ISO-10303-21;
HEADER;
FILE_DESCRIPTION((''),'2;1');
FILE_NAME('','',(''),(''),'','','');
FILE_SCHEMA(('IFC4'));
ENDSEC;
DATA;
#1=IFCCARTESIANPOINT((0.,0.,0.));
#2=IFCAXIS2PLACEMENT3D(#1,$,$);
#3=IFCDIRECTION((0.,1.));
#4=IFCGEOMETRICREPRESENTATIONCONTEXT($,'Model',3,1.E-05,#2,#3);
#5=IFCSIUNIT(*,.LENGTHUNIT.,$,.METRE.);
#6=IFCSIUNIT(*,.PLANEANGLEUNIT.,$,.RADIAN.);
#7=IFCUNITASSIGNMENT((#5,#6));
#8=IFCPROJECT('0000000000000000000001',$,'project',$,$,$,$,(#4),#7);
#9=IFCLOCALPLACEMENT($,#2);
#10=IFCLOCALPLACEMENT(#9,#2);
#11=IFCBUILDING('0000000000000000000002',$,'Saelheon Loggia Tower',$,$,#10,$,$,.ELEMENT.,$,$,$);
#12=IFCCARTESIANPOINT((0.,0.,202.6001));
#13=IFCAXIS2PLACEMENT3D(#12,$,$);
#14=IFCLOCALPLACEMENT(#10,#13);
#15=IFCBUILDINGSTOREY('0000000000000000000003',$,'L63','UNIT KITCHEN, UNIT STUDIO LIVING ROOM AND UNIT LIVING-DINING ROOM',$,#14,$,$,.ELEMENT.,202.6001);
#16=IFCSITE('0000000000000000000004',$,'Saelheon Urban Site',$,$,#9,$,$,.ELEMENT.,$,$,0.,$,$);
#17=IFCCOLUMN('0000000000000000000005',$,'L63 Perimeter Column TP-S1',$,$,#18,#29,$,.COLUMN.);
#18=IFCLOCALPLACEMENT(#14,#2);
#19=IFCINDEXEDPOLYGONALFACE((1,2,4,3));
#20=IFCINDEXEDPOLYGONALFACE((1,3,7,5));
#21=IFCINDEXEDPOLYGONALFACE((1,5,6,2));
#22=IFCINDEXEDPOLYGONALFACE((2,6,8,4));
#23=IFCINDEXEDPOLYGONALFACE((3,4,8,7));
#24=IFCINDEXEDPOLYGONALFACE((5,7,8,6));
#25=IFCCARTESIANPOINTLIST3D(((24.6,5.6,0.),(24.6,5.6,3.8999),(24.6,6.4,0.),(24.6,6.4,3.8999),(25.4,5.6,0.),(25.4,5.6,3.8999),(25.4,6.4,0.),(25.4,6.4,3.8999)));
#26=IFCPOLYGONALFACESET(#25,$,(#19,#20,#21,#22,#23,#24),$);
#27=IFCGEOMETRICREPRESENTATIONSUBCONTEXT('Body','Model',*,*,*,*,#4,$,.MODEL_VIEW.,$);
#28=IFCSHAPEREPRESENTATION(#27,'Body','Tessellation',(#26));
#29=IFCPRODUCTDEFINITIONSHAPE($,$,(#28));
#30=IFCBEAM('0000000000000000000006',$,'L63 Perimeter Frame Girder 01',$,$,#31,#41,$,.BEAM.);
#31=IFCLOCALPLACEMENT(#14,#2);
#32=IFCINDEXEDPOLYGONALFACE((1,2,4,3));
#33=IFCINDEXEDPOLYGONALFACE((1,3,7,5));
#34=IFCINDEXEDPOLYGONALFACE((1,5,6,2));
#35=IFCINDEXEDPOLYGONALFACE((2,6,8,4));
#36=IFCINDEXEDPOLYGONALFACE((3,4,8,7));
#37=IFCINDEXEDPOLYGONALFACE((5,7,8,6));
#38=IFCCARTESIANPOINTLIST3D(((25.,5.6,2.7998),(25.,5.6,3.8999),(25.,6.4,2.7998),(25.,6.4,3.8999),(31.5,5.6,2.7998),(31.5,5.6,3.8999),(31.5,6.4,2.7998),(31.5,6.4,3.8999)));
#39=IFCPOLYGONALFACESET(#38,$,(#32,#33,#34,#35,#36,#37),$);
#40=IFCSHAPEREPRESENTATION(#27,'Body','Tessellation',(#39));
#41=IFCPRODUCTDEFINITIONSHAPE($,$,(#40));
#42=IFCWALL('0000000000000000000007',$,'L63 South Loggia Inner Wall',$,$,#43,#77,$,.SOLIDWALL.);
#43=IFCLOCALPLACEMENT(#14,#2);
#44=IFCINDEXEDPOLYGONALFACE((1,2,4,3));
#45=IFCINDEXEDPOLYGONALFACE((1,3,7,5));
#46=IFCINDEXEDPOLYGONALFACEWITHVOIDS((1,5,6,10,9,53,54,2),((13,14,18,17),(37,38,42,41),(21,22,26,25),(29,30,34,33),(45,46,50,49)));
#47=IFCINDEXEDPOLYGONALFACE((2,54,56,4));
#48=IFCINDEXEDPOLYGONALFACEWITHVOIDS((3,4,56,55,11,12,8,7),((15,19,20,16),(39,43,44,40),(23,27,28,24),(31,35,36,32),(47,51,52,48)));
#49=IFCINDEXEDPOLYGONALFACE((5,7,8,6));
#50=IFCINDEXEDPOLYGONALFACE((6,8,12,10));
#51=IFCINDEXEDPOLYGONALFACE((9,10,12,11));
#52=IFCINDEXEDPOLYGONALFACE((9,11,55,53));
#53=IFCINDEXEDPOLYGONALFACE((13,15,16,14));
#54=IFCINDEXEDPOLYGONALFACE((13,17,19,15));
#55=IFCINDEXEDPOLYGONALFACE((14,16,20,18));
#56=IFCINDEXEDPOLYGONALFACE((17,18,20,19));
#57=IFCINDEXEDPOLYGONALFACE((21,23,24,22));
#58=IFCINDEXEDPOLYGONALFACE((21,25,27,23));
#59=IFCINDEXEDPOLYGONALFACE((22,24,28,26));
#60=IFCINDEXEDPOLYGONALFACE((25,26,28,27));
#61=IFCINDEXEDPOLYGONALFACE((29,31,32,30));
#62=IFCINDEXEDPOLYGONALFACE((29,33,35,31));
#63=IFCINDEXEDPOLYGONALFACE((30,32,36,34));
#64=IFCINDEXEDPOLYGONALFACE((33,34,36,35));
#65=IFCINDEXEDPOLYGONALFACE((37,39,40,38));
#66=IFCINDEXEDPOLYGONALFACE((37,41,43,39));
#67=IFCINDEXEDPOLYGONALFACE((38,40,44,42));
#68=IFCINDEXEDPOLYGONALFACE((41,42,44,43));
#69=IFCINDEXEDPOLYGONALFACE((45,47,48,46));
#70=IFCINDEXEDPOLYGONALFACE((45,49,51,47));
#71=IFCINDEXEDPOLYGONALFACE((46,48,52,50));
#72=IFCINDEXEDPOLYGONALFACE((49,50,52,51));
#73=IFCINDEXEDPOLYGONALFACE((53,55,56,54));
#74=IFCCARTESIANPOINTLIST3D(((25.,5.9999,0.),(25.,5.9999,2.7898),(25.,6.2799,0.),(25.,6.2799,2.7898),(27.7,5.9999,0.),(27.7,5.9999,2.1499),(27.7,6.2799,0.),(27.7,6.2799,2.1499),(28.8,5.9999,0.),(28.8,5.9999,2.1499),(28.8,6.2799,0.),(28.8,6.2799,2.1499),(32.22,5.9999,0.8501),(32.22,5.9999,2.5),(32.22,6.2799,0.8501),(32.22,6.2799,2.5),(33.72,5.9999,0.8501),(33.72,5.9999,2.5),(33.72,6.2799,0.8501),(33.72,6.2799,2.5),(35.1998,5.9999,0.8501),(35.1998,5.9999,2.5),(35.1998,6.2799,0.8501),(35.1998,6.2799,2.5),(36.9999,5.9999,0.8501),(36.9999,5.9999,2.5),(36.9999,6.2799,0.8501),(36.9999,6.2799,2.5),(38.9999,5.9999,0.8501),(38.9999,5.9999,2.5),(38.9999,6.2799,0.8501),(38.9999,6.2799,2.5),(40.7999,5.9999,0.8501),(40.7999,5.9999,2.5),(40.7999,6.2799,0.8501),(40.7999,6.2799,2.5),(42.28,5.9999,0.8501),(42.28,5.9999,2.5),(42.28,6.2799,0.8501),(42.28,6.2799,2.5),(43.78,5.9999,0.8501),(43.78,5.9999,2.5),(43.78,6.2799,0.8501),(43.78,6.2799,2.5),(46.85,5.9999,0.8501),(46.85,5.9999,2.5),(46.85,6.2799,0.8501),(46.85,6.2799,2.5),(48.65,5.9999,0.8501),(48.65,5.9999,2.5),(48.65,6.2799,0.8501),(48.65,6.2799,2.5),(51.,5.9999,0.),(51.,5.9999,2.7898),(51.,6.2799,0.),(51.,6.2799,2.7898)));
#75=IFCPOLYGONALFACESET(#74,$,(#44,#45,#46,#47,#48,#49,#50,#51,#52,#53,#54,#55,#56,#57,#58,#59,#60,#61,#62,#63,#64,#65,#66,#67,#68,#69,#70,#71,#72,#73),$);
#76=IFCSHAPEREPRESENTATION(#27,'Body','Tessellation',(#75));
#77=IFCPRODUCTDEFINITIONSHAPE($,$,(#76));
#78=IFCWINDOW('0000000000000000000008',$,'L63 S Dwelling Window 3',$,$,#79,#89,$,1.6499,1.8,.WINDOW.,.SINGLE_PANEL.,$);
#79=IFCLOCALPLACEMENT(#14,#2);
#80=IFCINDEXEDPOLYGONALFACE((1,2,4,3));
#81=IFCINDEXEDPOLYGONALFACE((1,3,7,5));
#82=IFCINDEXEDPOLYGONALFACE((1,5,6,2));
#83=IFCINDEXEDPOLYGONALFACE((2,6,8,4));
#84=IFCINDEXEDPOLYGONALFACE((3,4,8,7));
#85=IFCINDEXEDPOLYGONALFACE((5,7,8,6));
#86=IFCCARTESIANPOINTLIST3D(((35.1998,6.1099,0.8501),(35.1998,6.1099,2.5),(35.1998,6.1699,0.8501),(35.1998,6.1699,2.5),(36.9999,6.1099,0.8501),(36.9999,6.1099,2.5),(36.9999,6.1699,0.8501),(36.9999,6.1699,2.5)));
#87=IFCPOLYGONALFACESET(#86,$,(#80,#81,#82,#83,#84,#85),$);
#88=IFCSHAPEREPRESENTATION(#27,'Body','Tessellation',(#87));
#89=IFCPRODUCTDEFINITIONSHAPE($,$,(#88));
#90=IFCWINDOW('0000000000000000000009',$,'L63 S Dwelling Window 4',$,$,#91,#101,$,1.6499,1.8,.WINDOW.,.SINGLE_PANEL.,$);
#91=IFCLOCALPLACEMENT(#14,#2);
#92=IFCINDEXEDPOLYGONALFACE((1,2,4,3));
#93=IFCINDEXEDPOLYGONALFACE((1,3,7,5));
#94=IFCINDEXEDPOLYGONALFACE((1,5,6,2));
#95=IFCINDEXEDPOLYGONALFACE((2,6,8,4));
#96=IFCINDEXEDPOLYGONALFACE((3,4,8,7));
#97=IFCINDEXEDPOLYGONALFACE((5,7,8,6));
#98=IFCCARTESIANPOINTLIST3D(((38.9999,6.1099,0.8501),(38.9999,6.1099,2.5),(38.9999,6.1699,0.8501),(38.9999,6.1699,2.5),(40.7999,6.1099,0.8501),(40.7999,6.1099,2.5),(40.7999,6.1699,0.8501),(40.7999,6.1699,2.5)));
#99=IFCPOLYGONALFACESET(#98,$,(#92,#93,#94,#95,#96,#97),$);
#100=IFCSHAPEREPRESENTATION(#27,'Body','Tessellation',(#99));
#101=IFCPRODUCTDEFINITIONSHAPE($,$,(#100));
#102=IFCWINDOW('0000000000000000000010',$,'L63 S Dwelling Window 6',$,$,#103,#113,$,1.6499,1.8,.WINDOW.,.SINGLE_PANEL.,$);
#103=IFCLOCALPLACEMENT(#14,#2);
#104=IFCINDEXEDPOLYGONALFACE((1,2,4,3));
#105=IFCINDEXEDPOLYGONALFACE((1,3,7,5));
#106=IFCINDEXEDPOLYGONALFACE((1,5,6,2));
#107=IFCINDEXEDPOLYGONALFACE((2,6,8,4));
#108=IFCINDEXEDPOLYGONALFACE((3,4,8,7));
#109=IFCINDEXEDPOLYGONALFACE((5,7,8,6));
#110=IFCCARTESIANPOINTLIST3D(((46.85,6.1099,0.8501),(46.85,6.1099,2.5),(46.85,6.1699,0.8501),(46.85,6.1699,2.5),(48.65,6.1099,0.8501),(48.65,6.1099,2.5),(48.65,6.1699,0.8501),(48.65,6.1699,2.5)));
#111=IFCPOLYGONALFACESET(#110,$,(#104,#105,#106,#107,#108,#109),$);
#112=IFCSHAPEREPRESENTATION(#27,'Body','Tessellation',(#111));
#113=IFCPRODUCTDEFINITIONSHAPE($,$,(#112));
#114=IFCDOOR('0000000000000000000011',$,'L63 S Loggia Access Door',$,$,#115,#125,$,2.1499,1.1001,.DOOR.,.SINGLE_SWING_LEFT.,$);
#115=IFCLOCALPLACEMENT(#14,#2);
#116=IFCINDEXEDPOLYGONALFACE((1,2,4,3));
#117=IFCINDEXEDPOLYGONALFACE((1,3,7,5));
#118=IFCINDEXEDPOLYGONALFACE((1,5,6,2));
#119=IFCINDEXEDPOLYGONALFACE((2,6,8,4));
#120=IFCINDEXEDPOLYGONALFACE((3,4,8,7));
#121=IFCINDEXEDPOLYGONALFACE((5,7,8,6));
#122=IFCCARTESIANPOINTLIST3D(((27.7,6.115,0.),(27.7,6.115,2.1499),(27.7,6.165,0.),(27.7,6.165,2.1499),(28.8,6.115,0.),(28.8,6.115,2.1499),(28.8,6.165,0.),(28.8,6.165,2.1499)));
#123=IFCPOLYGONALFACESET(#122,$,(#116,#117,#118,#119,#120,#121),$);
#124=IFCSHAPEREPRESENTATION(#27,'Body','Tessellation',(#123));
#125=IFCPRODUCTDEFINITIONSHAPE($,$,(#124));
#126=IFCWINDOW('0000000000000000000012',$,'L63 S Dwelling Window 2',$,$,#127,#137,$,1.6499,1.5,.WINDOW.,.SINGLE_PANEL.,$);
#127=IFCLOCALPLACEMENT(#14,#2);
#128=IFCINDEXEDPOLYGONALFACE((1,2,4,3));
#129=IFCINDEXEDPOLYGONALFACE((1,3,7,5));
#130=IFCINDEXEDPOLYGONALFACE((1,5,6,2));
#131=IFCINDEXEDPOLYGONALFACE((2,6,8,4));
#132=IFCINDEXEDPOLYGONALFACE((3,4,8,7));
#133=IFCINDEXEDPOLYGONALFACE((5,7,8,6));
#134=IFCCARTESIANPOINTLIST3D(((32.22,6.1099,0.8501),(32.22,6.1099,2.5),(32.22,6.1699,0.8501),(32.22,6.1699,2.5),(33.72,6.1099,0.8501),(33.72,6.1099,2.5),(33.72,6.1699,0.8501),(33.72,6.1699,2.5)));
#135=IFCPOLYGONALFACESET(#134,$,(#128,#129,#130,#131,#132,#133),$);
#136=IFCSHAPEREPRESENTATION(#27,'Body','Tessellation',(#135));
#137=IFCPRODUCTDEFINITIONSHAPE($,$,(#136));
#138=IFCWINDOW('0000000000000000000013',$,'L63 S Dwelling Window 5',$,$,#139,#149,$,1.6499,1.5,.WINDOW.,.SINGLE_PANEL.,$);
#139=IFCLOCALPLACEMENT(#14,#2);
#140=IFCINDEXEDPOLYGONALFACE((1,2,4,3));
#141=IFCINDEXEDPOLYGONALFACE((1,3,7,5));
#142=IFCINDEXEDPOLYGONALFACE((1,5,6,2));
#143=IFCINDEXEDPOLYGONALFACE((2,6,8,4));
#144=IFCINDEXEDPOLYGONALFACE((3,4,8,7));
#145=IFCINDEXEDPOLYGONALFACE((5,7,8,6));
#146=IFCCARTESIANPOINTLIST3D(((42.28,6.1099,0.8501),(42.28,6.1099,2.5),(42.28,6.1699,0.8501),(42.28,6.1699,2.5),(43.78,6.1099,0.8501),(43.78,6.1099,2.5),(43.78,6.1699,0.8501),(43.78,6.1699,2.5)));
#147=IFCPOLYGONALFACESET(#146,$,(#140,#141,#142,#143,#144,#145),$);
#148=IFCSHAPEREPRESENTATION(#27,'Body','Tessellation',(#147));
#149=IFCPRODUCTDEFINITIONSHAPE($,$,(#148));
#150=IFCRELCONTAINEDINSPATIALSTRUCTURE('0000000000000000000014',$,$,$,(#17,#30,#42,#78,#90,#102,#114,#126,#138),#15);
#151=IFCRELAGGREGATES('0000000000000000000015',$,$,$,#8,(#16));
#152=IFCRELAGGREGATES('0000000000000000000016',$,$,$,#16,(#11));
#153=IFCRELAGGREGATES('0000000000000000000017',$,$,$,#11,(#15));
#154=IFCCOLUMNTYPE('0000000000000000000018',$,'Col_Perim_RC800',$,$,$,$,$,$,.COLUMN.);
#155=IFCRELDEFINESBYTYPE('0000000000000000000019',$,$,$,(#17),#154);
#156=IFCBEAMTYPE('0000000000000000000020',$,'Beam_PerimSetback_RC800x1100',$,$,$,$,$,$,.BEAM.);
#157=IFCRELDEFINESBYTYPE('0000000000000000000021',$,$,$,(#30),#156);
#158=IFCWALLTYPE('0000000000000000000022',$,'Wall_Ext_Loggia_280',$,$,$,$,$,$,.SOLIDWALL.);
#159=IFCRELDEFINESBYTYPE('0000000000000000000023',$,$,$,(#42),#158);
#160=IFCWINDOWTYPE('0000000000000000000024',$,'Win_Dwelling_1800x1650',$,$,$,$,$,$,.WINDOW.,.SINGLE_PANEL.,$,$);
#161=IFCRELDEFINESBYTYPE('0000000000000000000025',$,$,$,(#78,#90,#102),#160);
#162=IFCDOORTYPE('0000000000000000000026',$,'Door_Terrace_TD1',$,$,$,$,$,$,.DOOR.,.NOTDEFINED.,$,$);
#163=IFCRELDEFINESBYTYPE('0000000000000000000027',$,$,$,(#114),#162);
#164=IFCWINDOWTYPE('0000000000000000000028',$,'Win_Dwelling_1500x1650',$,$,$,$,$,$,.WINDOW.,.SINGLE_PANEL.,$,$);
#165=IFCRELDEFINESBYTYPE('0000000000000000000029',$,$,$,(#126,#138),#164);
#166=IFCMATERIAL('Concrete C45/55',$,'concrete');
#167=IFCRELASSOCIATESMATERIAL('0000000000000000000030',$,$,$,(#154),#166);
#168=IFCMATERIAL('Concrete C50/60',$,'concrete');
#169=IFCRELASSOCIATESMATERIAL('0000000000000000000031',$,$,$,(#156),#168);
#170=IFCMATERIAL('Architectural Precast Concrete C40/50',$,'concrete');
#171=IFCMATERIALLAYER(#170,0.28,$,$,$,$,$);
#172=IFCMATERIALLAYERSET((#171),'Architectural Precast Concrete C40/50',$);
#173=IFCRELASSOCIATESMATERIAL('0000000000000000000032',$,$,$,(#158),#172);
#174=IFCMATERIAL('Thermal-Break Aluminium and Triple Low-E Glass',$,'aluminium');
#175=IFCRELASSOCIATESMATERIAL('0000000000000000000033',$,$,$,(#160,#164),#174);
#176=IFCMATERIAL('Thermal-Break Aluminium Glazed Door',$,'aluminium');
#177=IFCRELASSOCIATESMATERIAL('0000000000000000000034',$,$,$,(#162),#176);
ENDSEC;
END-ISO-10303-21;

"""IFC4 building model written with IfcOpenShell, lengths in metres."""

from ifc_helpers import new_model, si_unit, direction, frame, frame_2d, origin, origin_2d, place, context, subcontext, project, spatial, rectangle, extrude, source, transform, mapped, material, layer, layer_set, material_profile, profile_set, type_object, element, fill, save


model = new_model("IFC4")

# Units and contexts
model_context = context("Model", 3, precision=1e-05, world=origin(), true_north=direction((0.0, 1.0)))
body_context = subcontext(model_context, "Body", "Model", "MODEL_VIEW")
ifc_project = project(units=[si_unit("LENGTHUNIT", "METRE"), si_unit("PLANEANGLEUNIT", "RADIAN")], contexts=[model_context])

# Site, building, storey
site_placement = place(None, origin())
site = spatial("IfcSite", under=ifc_project, at=site_placement, Name="Saelheon Urban Site", CompositionType="ELEMENT", RefElevation=0.0)
building_placement = place(site_placement, origin())
building = spatial("IfcBuilding", under=site, at=building_placement, Name="Saelheon Loggia Tower", CompositionType="ELEMENT")
storey_placement = place(building_placement, frame((0.0, 0.0, 202.6001)))
storey = spatial("IfcBuildingStorey", under=building, at=storey_placement, Name="L63", Description="UNIT KITCHEN, UNIT STUDIO LIVING ROOM AND UNIT LIVING-DINING ROOM", CompositionType="ELEMENT", Elevation=202.6001)

# Column
ifc_material_1 = material(Name="Concrete C45/55", Category="concrete")
ifc_material_profile_1 = material_profile(ifc_material_1, rectangle(XDim=0.8, YDim=0.8, at=origin_2d()), Name="RC-800x800")
ifc_profile_set_1 = profile_set([ifc_material_profile_1], Name="Concrete C45/55")
column_type = type_object("IfcColumnType", Name="Col_Perim_RC800", PredefinedType="COLUMN", material=ifc_profile_set_1)
shared_shape_1 = source(origin(), body_context, "Body", "SweptSolid", [
    extrude(rectangle(XDim=0.8, YDim=0.8, at=origin_2d()), origin(), (0.0, 0.0, 1.0), 3.8999),
])
column_placement = place(storey_placement, frame((25.0, 6.0, 0.0), z_axis=(0.0, 0.0, 1.0), x_axis=(1.0, 0.0, 0.0)))
element("IfcColumn", 1, at=column_placement, inside=storey, type_object=column_type, Name="L63 Perimeter Column TP-S1", PredefinedType="COLUMN", context=body_context, shape_type="MappedRepresentation", body=[
    mapped(shared_shape_1, transform((0.0, 0.0, 0.0), scale=1.0)),
])

# Beam
ifc_material_2 = material(Name="Concrete C50/60", Category="concrete")
ifc_material_profile_2 = material_profile(ifc_material_2, rectangle(XDim=0.8, YDim=1.1001, at=origin_2d()), Name="RC-800x1100")
ifc_profile_set_2 = profile_set([ifc_material_profile_2], Name="Concrete C50/60")
beam_type = type_object("IfcBeamType", Name="Beam_PerimSetback_RC800x1100", PredefinedType="BEAM", material=ifc_profile_set_2)
shared_shape_2 = source(origin(), body_context, "Body", "SweptSolid", [
    extrude(rectangle(XDim=0.8, YDim=1.1001, at=origin_2d()), origin(), (0.0, 0.0, 1.0), 6.5),
])
beam_placement = place(storey_placement, frame((25.0, 6.0, 3.3499), z_axis=(1.0, 0.0, 0.0), x_axis=(0.0, 1.0, 0.0)))
element("IfcBeam", 2, at=beam_placement, inside=storey, type_object=beam_type, Name="L63 Perimeter Frame Girder 01", PredefinedType="BEAM", context=body_context, shape_type="MappedRepresentation", body=[
    mapped(shared_shape_2, transform((0.0, 0.0, 0.0), scale=1.0)),
])

# Wall, openings, windows, door
ifc_material_3 = material(Name="Architectural Precast Concrete C40/50", Category="concrete")
ifc_layer = layer(ifc_material_3, 0.28)
ifc_layer_set = layer_set([ifc_layer], Name="Architectural Precast Concrete C40/50")
wall_type = type_object("IfcWallType", Name="Wall_Ext_Loggia_280", PredefinedType="SOLIDWALL", material=ifc_layer_set)
wall_1_placement = place(storey_placement, frame((25.0, 6.1399, 0.0), z_axis=(0.0, 0.0, 1.0), x_axis=(1.0, 0.0, 0.0)))
wall_1 = element("IfcWall", 3, at=wall_1_placement, inside=storey, type_object=wall_type, Name="L63 South Loggia Inner Wall", PredefinedType="SOLIDWALL", context=body_context, shape_type="SweptSolid", body=[
    extrude(rectangle(XDim=26.0, YDim=0.28, at=frame_2d((13.0, 0.0))), origin(), (0.0, 0.0, 1.0), 2.7898),
])
opening_1_placement = place(wall_1_placement, frame((3.8, 0.0, 0.0), z_axis=(0.0, 0.0, 1.0), x_axis=(-1.0, 0.0, 0.0)))
opening_1 = element("IfcOpeningElement", 4, at=opening_1_placement, cuts=wall_1, PredefinedType="OPENING", context=body_context, shape_type="SweptSolid", body=[
    extrude(rectangle(XDim=1.1001, YDim=2.1499, at=frame_2d((0.55, 1.075))), frame((0.0, 0.1521, 0.0), z_axis=(0.0, -1.0, 0.0), x_axis=(1.0, 0.0, 0.0)), (0.0, 0.0, 1.0), 0.304),
])
opening_2_placement = place(wall_1_placement, frame((7.22, 0.0, 0.8501)))
opening_2 = element("IfcOpeningElement", 5, at=opening_2_placement, cuts=wall_1, PredefinedType="OPENING", context=body_context, shape_type="SweptSolid", body=[
    extrude(rectangle(XDim=1.5, YDim=1.6499, at=frame_2d((0.75, 0.825))), frame((0.0, 0.1521, 0.0), z_axis=(0.0, -1.0, 0.0), x_axis=(1.0, 0.0, 0.0)), (0.0, 0.0, 1.0), 0.304),
])
opening_3_placement = place(wall_1_placement, frame((10.2, 0.0, 0.8501)))
opening_3 = element("IfcOpeningElement", 6, at=opening_3_placement, cuts=wall_1, PredefinedType="OPENING", context=body_context, shape_type="SweptSolid", body=[
    extrude(rectangle(XDim=1.8, YDim=1.6499, at=frame_2d((0.8999, 0.825))), frame((0.0, 0.1521, 0.0), z_axis=(0.0, -1.0, 0.0), x_axis=(1.0, 0.0, 0.0)), (0.0, 0.0, 1.0), 0.304),
])
opening_4_placement = place(wall_1_placement, frame((14.0, 0.0, 0.8501)))
opening_4 = element("IfcOpeningElement", 7, at=opening_4_placement, cuts=wall_1, PredefinedType="OPENING", context=body_context, shape_type="SweptSolid", body=[
    extrude(rectangle(XDim=1.8, YDim=1.6499, at=frame_2d((0.8999, 0.825))), frame((0.0, 0.1521, 0.0), z_axis=(0.0, -1.0, 0.0), x_axis=(1.0, 0.0, 0.0)), (0.0, 0.0, 1.0), 0.304),
])
opening_5_placement = place(wall_1_placement, frame((17.28, 0.0, 0.8501)))
opening_5 = element("IfcOpeningElement", 8, at=opening_5_placement, cuts=wall_1, PredefinedType="OPENING", context=body_context, shape_type="SweptSolid", body=[
    extrude(rectangle(XDim=1.5, YDim=1.6499, at=frame_2d((0.75, 0.825))), frame((0.0, 0.1521, 0.0), z_axis=(0.0, -1.0, 0.0), x_axis=(1.0, 0.0, 0.0)), (0.0, 0.0, 1.0), 0.304),
])
opening_6_placement = place(wall_1_placement, frame((21.8501, 0.0, 0.8501)))
opening_6 = element("IfcOpeningElement", 9, at=opening_6_placement, cuts=wall_1, PredefinedType="OPENING", context=body_context, shape_type="SweptSolid", body=[
    extrude(rectangle(XDim=1.8, YDim=1.6499, at=frame_2d((0.8999, 0.825))), frame((0.0, 0.1521, 0.0), z_axis=(0.0, -1.0, 0.0), x_axis=(1.0, 0.0, 0.0)), (0.0, 0.0, 1.0), 0.304),
])
ifc_material_4 = material(Name="Thermal-Break Aluminium and Triple Low-E Glass", Category="aluminium")
window_type_1 = type_object("IfcWindowType", Name="Win_Dwelling_1800x1650", PartitioningType="SINGLE_PANEL", PredefinedType="WINDOW", material=ifc_material_4)
shared_shape_3 = source(origin(), body_context, "Body", "SweptSolid", [
    extrude(rectangle(XDim=1.8, YDim=1.6499, at=frame_2d((0.8999, 0.825))), frame((0.0, 0.03, 0.0), z_axis=(0.0, -1.0, 0.0), x_axis=(1.0, 0.0, 0.0)), (0.0, 0.0, 1.0), 0.0601),
])
window_1_placement = place(opening_3_placement, origin())
window_1 = element("IfcWindow", 10, at=window_1_placement, inside=storey, type_object=window_type_1, Name="L63 S Dwelling Window 3", OverallHeight=1.6499, OverallWidth=1.8, PartitioningType="SINGLE_PANEL", PredefinedType="WINDOW", context=body_context, shape_type="MappedRepresentation", body=[
    mapped(shared_shape_3, transform((0.0, 0.0, 0.0), scale=1.0)),
])
fill(opening_3, window_1)
window_2_placement = place(opening_4_placement, origin())
window_2 = element("IfcWindow", 11, at=window_2_placement, inside=storey, type_object=window_type_1, Name="L63 S Dwelling Window 4", OverallHeight=1.6499, OverallWidth=1.8, PartitioningType="SINGLE_PANEL", PredefinedType="WINDOW", context=body_context, shape_type="MappedRepresentation", body=[
    mapped(shared_shape_3, transform((0.0, 0.0, 0.0), scale=1.0)),
])
fill(opening_4, window_2)
window_3_placement = place(opening_6_placement, origin())
window_3 = element("IfcWindow", 12, at=window_3_placement, inside=storey, type_object=window_type_1, Name="L63 S Dwelling Window 6", OverallHeight=1.6499, OverallWidth=1.8, PartitioningType="SINGLE_PANEL", PredefinedType="WINDOW", context=body_context, shape_type="MappedRepresentation", body=[
    mapped(shared_shape_3, transform((0.0, 0.0, 0.0), scale=1.0)),
])
fill(opening_6, window_3)
ifc_material_5 = material(Name="Thermal-Break Aluminium Glazed Door", Category="aluminium")
door_type_1 = type_object("IfcDoorType", Name="Door_Terrace_TD1", OperationType="NOTDEFINED", PredefinedType="DOOR", material=ifc_material_5)
shared_shape_4 = source(origin(), body_context, "Body", "SweptSolid", [
    extrude(rectangle(XDim=1.1001, YDim=2.1499, at=frame_2d((0.55, 1.075))), frame((0.0, 0.0249, 0.0), z_axis=(0.0, -1.0, 0.0), x_axis=(1.0, 0.0, 0.0)), (0.0, 0.0, 1.0), 0.05),
])
door_1_placement = place(opening_1_placement, origin())
door_1 = element("IfcDoor", 13, at=door_1_placement, inside=storey, type_object=door_type_1, Name="L63 S Loggia Access Door", OperationType="SINGLE_SWING_LEFT", OverallHeight=2.1499, OverallWidth=1.1001, PredefinedType="DOOR", context=body_context, shape_type="MappedRepresentation", body=[
    mapped(shared_shape_4, transform((0.0, 0.0, 0.0), scale=1.0)),
])
fill(opening_1, door_1)
window_type_2 = type_object("IfcWindowType", Name="Win_Dwelling_1500x1650", PartitioningType="SINGLE_PANEL", PredefinedType="WINDOW", material=ifc_material_4)
shared_shape_5 = source(origin(), body_context, "Body", "SweptSolid", [
    extrude(rectangle(XDim=1.5, YDim=1.6499, at=frame_2d((0.75, 0.825))), frame((0.0, 0.03, 0.0), z_axis=(0.0, -1.0, 0.0), x_axis=(1.0, 0.0, 0.0)), (0.0, 0.0, 1.0), 0.0601),
])
window_4_placement = place(opening_2_placement, origin())
window_4 = element("IfcWindow", 14, at=window_4_placement, inside=storey, type_object=window_type_2, Name="L63 S Dwelling Window 2", OverallHeight=1.6499, OverallWidth=1.5, PartitioningType="SINGLE_PANEL", PredefinedType="WINDOW", context=body_context, shape_type="MappedRepresentation", body=[
    mapped(shared_shape_5, transform((0.0, 0.0, 0.0), scale=1.0)),
])
fill(opening_2, window_4)
window_5_placement = place(opening_5_placement, origin())
window_5 = element("IfcWindow", 15, at=window_5_placement, inside=storey, type_object=window_type_2, Name="L63 S Dwelling Window 5", OverallHeight=1.6499, OverallWidth=1.5, PartitioningType="SINGLE_PANEL", PredefinedType="WINDOW", context=body_context, shape_type="MappedRepresentation", body=[
    mapped(shared_shape_5, transform((0.0, 0.0, 0.0), scale=1.0)),
])
fill(opening_5, window_5)

save(model, "model.ifc")
